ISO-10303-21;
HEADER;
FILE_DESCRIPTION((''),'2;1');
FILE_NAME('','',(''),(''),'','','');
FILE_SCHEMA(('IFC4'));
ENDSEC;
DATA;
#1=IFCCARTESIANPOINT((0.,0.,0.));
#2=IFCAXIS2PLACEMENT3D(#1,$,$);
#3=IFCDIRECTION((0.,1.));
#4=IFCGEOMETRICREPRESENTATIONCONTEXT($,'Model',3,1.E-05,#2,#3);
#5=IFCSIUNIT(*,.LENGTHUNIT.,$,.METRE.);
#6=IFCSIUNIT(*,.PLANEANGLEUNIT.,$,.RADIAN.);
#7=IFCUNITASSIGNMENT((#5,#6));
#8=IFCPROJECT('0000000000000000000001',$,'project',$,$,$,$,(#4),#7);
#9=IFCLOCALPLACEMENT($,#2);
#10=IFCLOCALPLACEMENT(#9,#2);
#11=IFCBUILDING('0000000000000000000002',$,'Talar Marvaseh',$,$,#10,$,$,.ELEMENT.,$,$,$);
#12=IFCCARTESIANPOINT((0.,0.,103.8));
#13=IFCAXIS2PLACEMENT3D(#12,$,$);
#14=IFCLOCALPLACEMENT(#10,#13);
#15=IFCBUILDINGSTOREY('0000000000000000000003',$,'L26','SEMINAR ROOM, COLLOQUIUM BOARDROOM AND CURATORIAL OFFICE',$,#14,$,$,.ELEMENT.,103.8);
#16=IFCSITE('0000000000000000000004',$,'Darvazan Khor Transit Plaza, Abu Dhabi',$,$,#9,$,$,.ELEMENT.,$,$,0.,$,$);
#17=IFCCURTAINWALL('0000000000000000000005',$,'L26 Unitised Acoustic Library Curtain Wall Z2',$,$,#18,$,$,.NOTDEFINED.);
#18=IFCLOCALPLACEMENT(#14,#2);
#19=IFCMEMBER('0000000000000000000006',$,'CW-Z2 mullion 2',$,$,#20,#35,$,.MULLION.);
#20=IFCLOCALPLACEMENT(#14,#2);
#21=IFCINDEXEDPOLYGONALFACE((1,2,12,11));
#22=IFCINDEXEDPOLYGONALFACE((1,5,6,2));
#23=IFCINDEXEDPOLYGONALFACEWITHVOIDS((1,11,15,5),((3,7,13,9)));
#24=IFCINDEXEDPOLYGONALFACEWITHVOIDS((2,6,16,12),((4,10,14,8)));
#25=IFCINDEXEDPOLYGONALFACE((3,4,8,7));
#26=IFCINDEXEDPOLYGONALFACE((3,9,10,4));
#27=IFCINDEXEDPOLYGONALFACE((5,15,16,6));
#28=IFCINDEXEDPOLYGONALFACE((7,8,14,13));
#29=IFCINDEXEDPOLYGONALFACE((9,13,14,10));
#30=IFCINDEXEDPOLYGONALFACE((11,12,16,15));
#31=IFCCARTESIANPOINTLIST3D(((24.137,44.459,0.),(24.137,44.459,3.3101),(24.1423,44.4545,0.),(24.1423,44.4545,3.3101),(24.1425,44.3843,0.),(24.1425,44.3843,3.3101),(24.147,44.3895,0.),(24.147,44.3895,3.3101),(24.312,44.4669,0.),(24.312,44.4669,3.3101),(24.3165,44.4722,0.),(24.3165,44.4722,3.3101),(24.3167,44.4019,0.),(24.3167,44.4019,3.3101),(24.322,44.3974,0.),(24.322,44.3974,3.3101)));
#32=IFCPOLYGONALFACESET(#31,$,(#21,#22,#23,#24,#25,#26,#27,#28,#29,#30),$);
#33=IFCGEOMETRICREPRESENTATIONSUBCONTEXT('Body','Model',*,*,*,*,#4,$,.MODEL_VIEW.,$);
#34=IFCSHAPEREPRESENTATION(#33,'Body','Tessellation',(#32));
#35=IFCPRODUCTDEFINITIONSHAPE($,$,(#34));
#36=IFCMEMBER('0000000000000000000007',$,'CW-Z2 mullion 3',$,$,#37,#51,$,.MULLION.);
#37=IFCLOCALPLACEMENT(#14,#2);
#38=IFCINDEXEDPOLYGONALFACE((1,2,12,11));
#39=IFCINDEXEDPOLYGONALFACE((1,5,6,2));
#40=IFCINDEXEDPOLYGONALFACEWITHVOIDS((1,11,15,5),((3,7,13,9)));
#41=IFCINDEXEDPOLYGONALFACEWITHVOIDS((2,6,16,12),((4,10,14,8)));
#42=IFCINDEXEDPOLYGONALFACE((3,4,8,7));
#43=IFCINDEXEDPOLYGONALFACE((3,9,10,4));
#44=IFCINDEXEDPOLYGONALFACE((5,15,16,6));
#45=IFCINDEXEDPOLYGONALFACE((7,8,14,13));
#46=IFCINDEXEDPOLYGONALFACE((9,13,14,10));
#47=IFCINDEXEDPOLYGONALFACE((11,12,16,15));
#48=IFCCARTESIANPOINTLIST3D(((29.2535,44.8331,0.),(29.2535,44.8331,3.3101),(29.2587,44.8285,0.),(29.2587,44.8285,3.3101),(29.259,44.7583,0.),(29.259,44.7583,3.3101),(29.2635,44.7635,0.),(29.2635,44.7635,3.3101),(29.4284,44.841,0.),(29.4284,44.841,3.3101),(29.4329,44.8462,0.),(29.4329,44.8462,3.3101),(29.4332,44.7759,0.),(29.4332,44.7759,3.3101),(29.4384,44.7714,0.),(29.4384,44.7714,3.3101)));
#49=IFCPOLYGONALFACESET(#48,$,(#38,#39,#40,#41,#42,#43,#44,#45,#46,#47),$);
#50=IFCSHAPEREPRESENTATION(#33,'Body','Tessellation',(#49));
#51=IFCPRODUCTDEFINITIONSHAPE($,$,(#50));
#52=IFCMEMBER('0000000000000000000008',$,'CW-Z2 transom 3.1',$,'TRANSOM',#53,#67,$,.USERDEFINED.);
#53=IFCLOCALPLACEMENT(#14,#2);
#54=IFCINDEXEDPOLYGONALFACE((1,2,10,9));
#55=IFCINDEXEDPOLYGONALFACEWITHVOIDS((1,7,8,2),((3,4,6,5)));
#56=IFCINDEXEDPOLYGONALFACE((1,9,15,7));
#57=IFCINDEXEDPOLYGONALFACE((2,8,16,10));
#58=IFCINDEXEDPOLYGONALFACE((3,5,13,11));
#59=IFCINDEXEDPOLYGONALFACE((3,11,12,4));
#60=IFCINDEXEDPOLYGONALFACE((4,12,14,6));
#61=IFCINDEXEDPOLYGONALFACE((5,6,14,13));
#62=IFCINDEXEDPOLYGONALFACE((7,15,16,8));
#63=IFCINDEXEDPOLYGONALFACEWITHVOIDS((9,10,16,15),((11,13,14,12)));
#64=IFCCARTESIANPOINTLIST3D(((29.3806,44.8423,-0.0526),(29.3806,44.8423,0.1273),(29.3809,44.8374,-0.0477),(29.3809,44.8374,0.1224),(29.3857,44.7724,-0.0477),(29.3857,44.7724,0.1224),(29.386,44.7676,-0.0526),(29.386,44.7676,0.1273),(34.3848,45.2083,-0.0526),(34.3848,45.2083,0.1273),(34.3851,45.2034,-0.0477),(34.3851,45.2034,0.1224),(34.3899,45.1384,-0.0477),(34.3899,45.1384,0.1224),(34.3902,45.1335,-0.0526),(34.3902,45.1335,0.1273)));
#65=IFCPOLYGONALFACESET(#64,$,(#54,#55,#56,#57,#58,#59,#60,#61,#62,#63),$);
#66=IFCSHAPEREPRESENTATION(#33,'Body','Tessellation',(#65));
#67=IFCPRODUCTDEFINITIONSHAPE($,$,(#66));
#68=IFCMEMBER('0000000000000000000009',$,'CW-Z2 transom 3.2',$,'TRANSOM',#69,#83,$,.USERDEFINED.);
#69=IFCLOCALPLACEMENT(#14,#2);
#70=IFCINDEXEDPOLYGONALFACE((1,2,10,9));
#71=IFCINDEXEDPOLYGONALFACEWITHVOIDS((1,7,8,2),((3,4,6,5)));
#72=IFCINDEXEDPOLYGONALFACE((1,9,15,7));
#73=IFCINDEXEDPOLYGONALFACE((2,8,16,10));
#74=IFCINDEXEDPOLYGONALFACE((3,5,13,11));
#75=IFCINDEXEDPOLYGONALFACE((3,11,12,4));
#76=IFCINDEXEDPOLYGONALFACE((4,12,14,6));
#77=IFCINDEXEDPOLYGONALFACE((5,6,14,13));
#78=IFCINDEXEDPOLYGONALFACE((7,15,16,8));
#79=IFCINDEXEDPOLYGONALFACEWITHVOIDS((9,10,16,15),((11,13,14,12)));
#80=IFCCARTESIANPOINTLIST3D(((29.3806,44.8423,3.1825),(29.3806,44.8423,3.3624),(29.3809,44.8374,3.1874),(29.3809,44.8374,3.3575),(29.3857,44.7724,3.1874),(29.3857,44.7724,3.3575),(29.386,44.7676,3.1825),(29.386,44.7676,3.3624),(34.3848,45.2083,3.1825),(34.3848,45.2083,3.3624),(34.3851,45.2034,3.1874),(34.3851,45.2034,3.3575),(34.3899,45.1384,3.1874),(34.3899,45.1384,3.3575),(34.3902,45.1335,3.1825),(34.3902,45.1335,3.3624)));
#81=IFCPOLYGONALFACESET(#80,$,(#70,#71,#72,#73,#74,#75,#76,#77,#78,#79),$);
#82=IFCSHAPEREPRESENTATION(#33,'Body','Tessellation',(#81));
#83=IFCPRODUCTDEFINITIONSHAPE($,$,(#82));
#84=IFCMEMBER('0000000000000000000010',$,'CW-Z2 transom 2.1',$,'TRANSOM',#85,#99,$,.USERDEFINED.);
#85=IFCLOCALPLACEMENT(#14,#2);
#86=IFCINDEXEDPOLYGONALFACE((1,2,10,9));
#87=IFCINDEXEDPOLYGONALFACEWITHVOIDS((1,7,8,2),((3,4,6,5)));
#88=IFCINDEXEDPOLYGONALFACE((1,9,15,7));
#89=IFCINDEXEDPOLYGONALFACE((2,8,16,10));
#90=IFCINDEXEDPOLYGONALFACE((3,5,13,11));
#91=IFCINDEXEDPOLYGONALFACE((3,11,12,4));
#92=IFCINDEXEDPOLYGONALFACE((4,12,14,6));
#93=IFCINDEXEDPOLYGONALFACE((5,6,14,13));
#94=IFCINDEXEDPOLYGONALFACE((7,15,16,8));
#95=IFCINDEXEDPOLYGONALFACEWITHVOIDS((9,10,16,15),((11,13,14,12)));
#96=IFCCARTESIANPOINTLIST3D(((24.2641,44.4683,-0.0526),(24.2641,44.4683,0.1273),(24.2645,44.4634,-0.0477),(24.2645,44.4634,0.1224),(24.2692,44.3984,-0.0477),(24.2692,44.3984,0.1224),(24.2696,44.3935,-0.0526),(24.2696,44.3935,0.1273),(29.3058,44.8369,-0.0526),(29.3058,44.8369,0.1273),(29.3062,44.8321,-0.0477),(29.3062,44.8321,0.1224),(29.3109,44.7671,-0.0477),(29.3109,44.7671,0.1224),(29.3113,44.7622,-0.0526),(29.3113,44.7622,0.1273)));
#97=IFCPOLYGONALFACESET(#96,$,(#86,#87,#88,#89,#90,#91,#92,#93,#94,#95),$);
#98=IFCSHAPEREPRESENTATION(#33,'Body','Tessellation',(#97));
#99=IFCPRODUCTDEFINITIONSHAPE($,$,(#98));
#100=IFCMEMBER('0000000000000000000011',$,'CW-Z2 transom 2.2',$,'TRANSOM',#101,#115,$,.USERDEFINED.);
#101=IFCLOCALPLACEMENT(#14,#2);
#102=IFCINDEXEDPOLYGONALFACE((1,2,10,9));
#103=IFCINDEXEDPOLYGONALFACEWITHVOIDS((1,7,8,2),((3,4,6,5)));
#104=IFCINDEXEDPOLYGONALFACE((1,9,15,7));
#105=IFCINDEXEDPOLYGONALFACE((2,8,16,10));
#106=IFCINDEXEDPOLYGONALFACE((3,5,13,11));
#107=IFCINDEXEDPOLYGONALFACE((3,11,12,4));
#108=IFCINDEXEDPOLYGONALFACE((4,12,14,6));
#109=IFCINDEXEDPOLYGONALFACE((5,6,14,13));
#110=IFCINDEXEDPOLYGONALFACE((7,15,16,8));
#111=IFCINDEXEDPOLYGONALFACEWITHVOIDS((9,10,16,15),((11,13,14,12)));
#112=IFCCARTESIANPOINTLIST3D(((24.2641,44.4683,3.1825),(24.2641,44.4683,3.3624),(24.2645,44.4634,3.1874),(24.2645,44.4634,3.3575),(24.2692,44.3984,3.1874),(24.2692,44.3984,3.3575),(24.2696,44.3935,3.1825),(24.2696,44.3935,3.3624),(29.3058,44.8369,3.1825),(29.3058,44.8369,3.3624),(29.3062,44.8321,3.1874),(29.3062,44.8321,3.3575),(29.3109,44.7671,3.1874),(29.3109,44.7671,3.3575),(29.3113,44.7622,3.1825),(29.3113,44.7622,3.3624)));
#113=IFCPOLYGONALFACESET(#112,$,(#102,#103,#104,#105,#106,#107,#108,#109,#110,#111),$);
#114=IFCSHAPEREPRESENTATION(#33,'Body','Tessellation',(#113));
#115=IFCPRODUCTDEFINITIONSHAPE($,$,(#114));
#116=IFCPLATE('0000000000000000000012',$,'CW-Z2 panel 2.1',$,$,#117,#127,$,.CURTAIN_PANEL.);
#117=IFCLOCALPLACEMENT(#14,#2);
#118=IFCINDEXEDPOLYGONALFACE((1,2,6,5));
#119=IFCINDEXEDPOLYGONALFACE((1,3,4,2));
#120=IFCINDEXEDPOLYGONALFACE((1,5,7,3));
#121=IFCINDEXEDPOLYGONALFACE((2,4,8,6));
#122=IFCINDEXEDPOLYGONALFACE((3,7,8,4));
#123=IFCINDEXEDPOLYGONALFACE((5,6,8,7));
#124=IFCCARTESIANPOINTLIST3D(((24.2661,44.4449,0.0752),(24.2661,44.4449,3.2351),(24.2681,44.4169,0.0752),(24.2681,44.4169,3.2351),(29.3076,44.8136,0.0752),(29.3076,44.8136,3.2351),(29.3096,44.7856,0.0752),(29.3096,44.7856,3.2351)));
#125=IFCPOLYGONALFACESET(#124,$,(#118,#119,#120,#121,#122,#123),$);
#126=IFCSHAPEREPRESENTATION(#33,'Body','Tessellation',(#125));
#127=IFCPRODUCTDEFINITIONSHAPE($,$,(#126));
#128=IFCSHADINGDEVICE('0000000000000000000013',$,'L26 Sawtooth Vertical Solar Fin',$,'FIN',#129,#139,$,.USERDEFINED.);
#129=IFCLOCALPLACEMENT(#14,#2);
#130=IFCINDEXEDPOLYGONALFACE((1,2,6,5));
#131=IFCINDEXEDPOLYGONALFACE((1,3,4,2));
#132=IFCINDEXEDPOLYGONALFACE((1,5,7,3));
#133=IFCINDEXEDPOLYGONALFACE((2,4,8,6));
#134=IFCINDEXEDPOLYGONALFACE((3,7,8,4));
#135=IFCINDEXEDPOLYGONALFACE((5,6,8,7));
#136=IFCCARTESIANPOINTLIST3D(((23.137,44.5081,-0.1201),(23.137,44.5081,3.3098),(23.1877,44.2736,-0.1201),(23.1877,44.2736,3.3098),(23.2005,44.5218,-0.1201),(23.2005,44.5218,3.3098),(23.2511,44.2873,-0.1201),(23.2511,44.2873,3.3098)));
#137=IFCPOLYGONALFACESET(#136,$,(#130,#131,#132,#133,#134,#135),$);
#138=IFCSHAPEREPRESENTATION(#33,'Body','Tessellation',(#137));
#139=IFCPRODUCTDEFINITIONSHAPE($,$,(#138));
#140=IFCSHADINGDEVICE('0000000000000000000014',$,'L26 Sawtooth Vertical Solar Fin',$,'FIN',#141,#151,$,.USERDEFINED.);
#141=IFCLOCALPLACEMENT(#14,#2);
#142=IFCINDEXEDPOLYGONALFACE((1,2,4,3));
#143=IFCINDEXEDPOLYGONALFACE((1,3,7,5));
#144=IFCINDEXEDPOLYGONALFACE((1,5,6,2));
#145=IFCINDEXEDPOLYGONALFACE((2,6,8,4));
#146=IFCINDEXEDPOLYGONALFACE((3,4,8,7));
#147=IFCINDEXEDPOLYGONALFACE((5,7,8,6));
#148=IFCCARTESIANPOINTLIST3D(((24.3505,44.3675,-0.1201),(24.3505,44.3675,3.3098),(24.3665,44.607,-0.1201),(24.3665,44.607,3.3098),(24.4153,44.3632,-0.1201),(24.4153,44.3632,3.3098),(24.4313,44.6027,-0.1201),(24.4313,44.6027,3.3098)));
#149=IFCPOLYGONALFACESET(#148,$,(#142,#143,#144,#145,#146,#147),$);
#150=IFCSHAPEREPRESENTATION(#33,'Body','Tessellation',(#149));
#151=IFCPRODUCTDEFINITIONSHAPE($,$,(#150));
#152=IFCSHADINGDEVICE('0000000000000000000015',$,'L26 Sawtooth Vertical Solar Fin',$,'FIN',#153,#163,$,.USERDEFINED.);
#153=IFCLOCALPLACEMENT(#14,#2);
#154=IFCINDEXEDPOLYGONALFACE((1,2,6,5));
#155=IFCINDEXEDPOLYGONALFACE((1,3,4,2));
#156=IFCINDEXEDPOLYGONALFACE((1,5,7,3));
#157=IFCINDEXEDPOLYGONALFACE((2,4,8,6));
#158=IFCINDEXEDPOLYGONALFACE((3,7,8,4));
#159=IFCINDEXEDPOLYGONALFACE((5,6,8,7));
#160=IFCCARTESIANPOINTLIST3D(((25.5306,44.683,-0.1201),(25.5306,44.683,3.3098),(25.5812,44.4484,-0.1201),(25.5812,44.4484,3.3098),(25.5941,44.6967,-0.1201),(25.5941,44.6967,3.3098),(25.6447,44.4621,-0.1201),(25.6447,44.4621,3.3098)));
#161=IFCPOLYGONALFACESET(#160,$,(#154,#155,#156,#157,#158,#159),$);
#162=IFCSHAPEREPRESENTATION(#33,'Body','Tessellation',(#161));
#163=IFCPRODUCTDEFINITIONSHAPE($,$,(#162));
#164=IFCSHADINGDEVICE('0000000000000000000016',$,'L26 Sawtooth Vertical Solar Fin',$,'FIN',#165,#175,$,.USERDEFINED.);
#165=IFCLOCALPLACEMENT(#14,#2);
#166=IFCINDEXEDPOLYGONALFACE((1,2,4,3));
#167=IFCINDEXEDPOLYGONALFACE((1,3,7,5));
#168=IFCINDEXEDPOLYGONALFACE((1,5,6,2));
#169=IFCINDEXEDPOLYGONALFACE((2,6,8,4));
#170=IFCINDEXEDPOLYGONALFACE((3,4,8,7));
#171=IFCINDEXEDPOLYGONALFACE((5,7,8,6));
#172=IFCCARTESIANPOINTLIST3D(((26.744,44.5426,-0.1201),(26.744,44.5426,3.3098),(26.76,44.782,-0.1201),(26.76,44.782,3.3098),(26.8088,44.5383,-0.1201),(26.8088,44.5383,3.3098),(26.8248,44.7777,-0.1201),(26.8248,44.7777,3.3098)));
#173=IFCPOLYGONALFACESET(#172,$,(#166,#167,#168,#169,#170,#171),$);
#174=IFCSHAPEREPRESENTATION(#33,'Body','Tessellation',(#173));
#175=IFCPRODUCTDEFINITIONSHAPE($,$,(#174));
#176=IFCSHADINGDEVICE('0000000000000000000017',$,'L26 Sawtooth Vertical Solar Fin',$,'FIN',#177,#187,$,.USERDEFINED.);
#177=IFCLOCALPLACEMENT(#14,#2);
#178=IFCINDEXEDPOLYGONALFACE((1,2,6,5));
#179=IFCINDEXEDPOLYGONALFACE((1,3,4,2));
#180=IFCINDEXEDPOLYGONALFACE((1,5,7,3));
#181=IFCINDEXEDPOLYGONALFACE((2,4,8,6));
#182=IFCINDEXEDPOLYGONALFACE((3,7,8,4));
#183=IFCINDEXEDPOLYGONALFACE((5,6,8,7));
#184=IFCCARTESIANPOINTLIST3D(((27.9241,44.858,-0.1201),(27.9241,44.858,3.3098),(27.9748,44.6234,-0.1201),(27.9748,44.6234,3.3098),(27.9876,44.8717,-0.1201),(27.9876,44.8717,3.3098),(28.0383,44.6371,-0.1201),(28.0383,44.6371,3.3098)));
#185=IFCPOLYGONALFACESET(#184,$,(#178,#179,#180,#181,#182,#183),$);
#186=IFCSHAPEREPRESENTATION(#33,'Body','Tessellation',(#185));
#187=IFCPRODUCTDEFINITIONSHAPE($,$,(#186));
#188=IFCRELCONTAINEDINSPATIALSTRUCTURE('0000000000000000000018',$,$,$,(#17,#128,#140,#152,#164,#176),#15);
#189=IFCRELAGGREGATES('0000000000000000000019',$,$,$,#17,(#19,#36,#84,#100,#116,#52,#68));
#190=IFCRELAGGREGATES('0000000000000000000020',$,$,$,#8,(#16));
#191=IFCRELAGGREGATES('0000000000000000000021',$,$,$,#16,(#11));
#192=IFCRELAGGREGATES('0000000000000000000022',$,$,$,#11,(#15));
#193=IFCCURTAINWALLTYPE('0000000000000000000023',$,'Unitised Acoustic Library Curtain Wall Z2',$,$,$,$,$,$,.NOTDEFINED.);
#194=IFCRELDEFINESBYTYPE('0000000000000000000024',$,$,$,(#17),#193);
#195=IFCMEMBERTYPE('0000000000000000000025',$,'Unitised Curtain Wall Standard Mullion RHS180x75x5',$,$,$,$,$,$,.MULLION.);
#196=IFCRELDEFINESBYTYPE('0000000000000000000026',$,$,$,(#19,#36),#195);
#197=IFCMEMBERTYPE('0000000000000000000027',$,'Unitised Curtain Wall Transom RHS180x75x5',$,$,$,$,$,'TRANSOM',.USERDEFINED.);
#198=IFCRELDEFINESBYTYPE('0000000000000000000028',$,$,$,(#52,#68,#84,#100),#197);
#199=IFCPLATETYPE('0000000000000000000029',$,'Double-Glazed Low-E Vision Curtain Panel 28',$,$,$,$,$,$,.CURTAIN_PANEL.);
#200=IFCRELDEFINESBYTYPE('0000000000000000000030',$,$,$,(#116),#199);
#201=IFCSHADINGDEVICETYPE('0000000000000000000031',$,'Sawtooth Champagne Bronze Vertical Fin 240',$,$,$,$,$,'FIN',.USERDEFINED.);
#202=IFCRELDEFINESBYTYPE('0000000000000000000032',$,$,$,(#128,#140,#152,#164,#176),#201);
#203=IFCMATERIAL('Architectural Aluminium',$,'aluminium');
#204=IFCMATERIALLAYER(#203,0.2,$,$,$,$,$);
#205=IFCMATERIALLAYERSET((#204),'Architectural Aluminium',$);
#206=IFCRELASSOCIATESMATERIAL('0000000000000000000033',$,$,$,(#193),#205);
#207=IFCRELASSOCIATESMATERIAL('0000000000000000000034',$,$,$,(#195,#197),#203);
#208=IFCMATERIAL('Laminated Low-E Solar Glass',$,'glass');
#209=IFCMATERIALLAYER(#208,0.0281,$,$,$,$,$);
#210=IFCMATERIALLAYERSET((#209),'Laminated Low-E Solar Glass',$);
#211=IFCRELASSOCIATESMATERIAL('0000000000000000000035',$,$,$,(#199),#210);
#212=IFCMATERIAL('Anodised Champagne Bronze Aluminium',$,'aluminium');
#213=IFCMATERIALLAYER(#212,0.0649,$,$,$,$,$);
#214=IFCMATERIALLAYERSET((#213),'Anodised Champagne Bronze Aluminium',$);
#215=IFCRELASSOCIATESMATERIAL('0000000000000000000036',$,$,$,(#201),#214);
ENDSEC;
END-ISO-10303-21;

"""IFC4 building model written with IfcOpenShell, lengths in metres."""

from ifc_helpers import new_model, si_unit, direction, frame, origin, origin_2d, place, context, subcontext, project, spatial, rectangle, hollow_rectangle, extrude, source, transform, mapped, material, layer, layer_set, material_profile, profile_set, type_object, type_shapes, element, aggregate, save


model = new_model("IFC4")

# Units and contexts
model_context = context("Model", 3, precision=1e-05, world=origin(), true_north=direction((0.0, 1.0)))
body_context = subcontext(model_context, "Body", "Model", "MODEL_VIEW")
ifc_project = project(units=[si_unit("LENGTHUNIT", "METRE"), si_unit("PLANEANGLEUNIT", "RADIAN")], contexts=[model_context])

# Site, building, storey
site_placement = place(None, origin())
site = spatial("IfcSite", under=ifc_project, at=site_placement, Name="Darvazan Khor Transit Plaza, Abu Dhabi", CompositionType="ELEMENT", RefElevation=0.0)
building_placement = place(site_placement, origin())
building = spatial("IfcBuilding", under=site, at=building_placement, Name="Talar Marvaseh", CompositionType="ELEMENT")
storey_placement = place(building_placement, frame((0.0, 0.0, 103.8)))
storey = spatial("IfcBuildingStorey", under=building, at=storey_placement, Name="L26", Description="SEMINAR ROOM, COLLOQUIUM BOARDROOM AND CURATORIAL OFFICE", CompositionType="ELEMENT", Elevation=103.8)

# Curtain wall, members, plate
ifc_material_1 = material(Name="Architectural Aluminium", Category="aluminium")
ifc_layer_1 = layer(ifc_material_1, 0.2)
ifc_layer_set_1 = layer_set([ifc_layer_1], Name="Architectural Aluminium")
curtain_wall_type = type_object("IfcCurtainWallType", Name="Unitised Acoustic Library Curtain Wall Z2", PredefinedType="NOTDEFINED", material=ifc_layer_set_1)
curtain_wall_placement = place(storey_placement, origin())
curtain_wall = element("IfcCurtainWall", 1, at=curtain_wall_placement, inside=storey, type_object=curtain_wall_type, Name="L26 Unitised Acoustic Library Curtain Wall Z2", PredefinedType="NOTDEFINED")
ifc_material_profile_1 = material_profile(ifc_material_1, hollow_rectangle(XDim=0.075, YDim=0.1799, WallThickness=0.0049, at=origin_2d()), Name="RHS180x75x5")
ifc_profile_set_1 = profile_set([ifc_material_profile_1], Name="Architectural Aluminium")
member_type_1 = type_object("IfcMemberType", Name="Unitised Curtain Wall Standard Mullion RHS180x75x5", PredefinedType="MULLION", material=ifc_profile_set_1)
shared_shape_1 = source(origin(), body_context, "Body", "SweptSolid", [
    extrude(hollow_rectangle(XDim=0.075, YDim=0.1799, WallThickness=0.0049, at=origin_2d()), origin(), (0.0, 0.0, 1.0), 3.3101),
])
type_shapes(member_type_1, [shared_shape_1])
member_1_placement = place(storey_placement, frame((24.2295, 44.4282, 0.0), z_axis=(0.0, 0.0, 1.0), x_axis=(-0.07293, 0.997337, 0.0)))
member_1 = element("IfcMember", 2, at=member_1_placement, type_object=member_type_1, Name="CW-Z2 mullion 2", PredefinedType="MULLION", context=body_context, shape_type="MappedRepresentation", body=[
    mapped(shared_shape_1, transform((0.0, 0.0, 0.0), x_axis=(1.0, 0.0, 0.0), y_axis=(0.0, 1.0, 0.0), z_axis=(0.0, 0.0, 1.0), scale=1.0)),
])
member_2_placement = place(storey_placement, frame((29.3459, 44.8022, 0.0), z_axis=(0.0, 0.0, 1.0), x_axis=(-0.07293, 0.997337, 0.0)))
member_2 = element("IfcMember", 3, at=member_2_placement, type_object=member_type_1, Name="CW-Z2 mullion 3", PredefinedType="MULLION", context=body_context, shape_type="MappedRepresentation", body=[
    mapped(shared_shape_1, transform((0.0, 0.0, 0.0), x_axis=(1.0, 0.0, 0.0), y_axis=(0.0, 1.0, 0.0), z_axis=(0.0, 0.0, 1.0), scale=1.0)),
])
ifc_material_profile_2 = material_profile(ifc_material_1, hollow_rectangle(XDim=0.075, YDim=0.1799, WallThickness=0.0049, at=origin_2d()), Name="RHS180x75x5")
ifc_profile_set_2 = profile_set([ifc_material_profile_2], Name="Architectural Aluminium")
member_type_2 = type_object("IfcMemberType", Name="Unitised Curtain Wall Transom RHS180x75x5", ElementType="TRANSOM", PredefinedType="USERDEFINED", material=ifc_profile_set_2)
shared_shape_2 = source(origin(), body_context, "Body", "SweptSolid", [
    extrude(hollow_rectangle(XDim=0.075, YDim=0.1799, WallThickness=0.0049, at=origin_2d()), origin(), (0.0, 0.0, 1.0), 5.0176),
])
member_3_placement = place(storey_placement, frame((29.3833, 44.8049, 0.0374), z_axis=(0.997336, 0.072938, 0.0), x_axis=(-0.072938, 0.997336, 0.0)))
member_3 = element("IfcMember", 4, at=member_3_placement, type_object=member_type_2, Name="CW-Z2 transom 3.1", ObjectType="TRANSOM", PredefinedType="USERDEFINED", context=body_context, shape_type="MappedRepresentation", body=[
    mapped(shared_shape_2, transform((0.0, 0.0, 0.0), x_axis=(1.0, 0.0, 0.0), y_axis=(0.0, 1.0, 0.0), z_axis=(0.0, 0.0, 1.0), scale=1.0)),
])
member_4_placement = place(storey_placement, frame((29.3833, 44.8049, 3.2725), z_axis=(0.997336, 0.072938, 0.0), x_axis=(-0.072938, 0.997336, 0.0)))
member_4 = element("IfcMember", 5, at=member_4_placement, type_object=member_type_2, Name="CW-Z2 transom 3.2", ObjectType="TRANSOM", PredefinedType="USERDEFINED", context=body_context, shape_type="MappedRepresentation", body=[
    mapped(shared_shape_2, transform((0.0, 0.0, 0.0), x_axis=(1.0, 0.0, 0.0), y_axis=(0.0, 1.0, 0.0), z_axis=(0.0, 0.0, 1.0), scale=1.0)),
])
shared_shape_3 = source(origin(), body_context, "Body", "SweptSolid", [
    extrude(hollow_rectangle(XDim=0.075, YDim=0.1799, WallThickness=0.0049, at=origin_2d()), origin(), (0.0, 0.0, 1.0), 5.0552),
])
type_shapes(member_type_2, [shared_shape_2, shared_shape_3])
member_5_placement = place(storey_placement, frame((24.2668, 44.4309, 0.0374), z_axis=(0.997337, 0.072925, 0.0), x_axis=(-0.072925, 0.997337, 0.0)))
member_5 = element("IfcMember", 6, at=member_5_placement, type_object=member_type_2, Name="CW-Z2 transom 2.1", ObjectType="TRANSOM", PredefinedType="USERDEFINED", context=body_context, shape_type="MappedRepresentation", body=[
    mapped(shared_shape_3, transform((0.0, 0.0, 0.0), x_axis=(1.0, 0.0, 0.0), y_axis=(0.0, 1.0, 0.0), z_axis=(0.0, 0.0, 1.0), scale=1.0)),
])
member_6_placement = place(storey_placement, frame((24.2668, 44.4309, 3.2725), z_axis=(0.997337, 0.072925, 0.0), x_axis=(-0.072925, 0.997337, 0.0)))
member_6 = element("IfcMember", 7, at=member_6_placement, type_object=member_type_2, Name="CW-Z2 transom 2.2", ObjectType="TRANSOM", PredefinedType="USERDEFINED", context=body_context, shape_type="MappedRepresentation", body=[
    mapped(shared_shape_3, transform((0.0, 0.0, 0.0), x_axis=(1.0, 0.0, 0.0), y_axis=(0.0, 1.0, 0.0), z_axis=(0.0, 0.0, 1.0), scale=1.0)),
])
ifc_material_2 = material(Name="Laminated Low-E Solar Glass", Category="glass")
ifc_layer_2 = layer(ifc_material_2, 0.0281)
ifc_layer_set_2 = layer_set([ifc_layer_2], Name="Laminated Low-E Solar Glass")
plate_type = type_object("IfcPlateType", Name="Double-Glazed Low-E Vision Curtain Panel 28", PredefinedType="CURTAIN_PANEL", material=ifc_layer_set_2)
shared_shape_4 = source(origin(), body_context, "Body", "SweptSolid", [
    extrude(rectangle(XDim=5.0549, YDim=0.0281, at=origin_2d()), origin(), (0.0, 0.0, 1.0), 3.1599),
])
type_shapes(plate_type, [shared_shape_4])
plate_placement = place(storey_placement, frame((26.7878, 44.6152, 0.0752), z_axis=(0.0, 0.0, 1.0), x_axis=(0.997337, 0.07293, 0.0)))
plate = element("IfcPlate", 8, at=plate_placement, type_object=plate_type, Name="CW-Z2 panel 2.1", PredefinedType="CURTAIN_PANEL", context=body_context, shape_type="MappedRepresentation", body=[
    mapped(shared_shape_4, transform((0.0, 0.0, 0.0), x_axis=(1.0, 0.0, 0.0), y_axis=(0.0, 1.0, 0.0), z_axis=(0.0, 0.0, 1.0), scale=1.0)),
])
aggregate(curtain_wall, [member_1, member_2, member_5, member_6, plate, member_3, member_4])

# Shading devices
ifc_material_3 = material(Name="Anodised Champagne Bronze Aluminium", Category="aluminium")
ifc_layer_3 = layer(ifc_material_3, 0.0649)
ifc_layer_set_3 = layer_set([ifc_layer_3], Name="Anodised Champagne Bronze Aluminium")
shading_device_type = type_object("IfcShadingDeviceType", Name="Sawtooth Champagne Bronze Vertical Fin 240", ElementType="FIN", PredefinedType="USERDEFINED", material=ifc_layer_set_3)
shared_shape_5 = source(origin(), body_context, "Body", "SweptSolid", [
    extrude(rectangle(XDim=0.24, YDim=0.0649, at=origin_2d()), origin(), (0.0, 0.0, 1.0), 3.4299),
])
type_shapes(shading_device_type, [shared_shape_5])
for number, where, z_axis, x_axis, name in (
    (9, (23.1941, 44.3977, -0.1201), (0.0, 0.0, 1.0), (-0.210984, 0.97749, 0.0), "L26 Sawtooth Vertical Solar Fin"),
    (10, (24.3909, 44.4851, -0.1201), (0.0, 0.0, 1.0), (0.066622, 0.997778, 0.0), "L26 Sawtooth Vertical Solar Fin"),
    (11, (25.5876, 44.5725, -0.1201), (0.0, 0.0, 1.0), (-0.210984, 0.97749, 0.0), "L26 Sawtooth Vertical Solar Fin"),
    (12, (26.7844, 44.6602, -0.1201), (0.0, 0.0, 1.0), (0.066622, 0.997778, 0.0), "L26 Sawtooth Vertical Solar Fin"),
    (13, (27.9812, 44.7476, -0.1201), (0.0, 0.0, 1.0), (-0.210984, 0.97749, 0.0), "L26 Sawtooth Vertical Solar Fin"),
):
    element("IfcShadingDevice", number, at=place(storey_placement, frame(where, z_axis=z_axis, x_axis=x_axis)), inside=storey, type_object=shading_device_type, Name=name, ObjectType="FIN", PredefinedType="USERDEFINED", context=body_context, shape_type="MappedRepresentation", body=[
        mapped(shared_shape_5, transform((0.0, 0.0, 0.0), x_axis=(1.0, 0.0, 0.0), y_axis=(0.0, 1.0, 0.0), z_axis=(0.0, 0.0, 1.0), scale=1.0)),
    ])

save(model, "model.ifc")
